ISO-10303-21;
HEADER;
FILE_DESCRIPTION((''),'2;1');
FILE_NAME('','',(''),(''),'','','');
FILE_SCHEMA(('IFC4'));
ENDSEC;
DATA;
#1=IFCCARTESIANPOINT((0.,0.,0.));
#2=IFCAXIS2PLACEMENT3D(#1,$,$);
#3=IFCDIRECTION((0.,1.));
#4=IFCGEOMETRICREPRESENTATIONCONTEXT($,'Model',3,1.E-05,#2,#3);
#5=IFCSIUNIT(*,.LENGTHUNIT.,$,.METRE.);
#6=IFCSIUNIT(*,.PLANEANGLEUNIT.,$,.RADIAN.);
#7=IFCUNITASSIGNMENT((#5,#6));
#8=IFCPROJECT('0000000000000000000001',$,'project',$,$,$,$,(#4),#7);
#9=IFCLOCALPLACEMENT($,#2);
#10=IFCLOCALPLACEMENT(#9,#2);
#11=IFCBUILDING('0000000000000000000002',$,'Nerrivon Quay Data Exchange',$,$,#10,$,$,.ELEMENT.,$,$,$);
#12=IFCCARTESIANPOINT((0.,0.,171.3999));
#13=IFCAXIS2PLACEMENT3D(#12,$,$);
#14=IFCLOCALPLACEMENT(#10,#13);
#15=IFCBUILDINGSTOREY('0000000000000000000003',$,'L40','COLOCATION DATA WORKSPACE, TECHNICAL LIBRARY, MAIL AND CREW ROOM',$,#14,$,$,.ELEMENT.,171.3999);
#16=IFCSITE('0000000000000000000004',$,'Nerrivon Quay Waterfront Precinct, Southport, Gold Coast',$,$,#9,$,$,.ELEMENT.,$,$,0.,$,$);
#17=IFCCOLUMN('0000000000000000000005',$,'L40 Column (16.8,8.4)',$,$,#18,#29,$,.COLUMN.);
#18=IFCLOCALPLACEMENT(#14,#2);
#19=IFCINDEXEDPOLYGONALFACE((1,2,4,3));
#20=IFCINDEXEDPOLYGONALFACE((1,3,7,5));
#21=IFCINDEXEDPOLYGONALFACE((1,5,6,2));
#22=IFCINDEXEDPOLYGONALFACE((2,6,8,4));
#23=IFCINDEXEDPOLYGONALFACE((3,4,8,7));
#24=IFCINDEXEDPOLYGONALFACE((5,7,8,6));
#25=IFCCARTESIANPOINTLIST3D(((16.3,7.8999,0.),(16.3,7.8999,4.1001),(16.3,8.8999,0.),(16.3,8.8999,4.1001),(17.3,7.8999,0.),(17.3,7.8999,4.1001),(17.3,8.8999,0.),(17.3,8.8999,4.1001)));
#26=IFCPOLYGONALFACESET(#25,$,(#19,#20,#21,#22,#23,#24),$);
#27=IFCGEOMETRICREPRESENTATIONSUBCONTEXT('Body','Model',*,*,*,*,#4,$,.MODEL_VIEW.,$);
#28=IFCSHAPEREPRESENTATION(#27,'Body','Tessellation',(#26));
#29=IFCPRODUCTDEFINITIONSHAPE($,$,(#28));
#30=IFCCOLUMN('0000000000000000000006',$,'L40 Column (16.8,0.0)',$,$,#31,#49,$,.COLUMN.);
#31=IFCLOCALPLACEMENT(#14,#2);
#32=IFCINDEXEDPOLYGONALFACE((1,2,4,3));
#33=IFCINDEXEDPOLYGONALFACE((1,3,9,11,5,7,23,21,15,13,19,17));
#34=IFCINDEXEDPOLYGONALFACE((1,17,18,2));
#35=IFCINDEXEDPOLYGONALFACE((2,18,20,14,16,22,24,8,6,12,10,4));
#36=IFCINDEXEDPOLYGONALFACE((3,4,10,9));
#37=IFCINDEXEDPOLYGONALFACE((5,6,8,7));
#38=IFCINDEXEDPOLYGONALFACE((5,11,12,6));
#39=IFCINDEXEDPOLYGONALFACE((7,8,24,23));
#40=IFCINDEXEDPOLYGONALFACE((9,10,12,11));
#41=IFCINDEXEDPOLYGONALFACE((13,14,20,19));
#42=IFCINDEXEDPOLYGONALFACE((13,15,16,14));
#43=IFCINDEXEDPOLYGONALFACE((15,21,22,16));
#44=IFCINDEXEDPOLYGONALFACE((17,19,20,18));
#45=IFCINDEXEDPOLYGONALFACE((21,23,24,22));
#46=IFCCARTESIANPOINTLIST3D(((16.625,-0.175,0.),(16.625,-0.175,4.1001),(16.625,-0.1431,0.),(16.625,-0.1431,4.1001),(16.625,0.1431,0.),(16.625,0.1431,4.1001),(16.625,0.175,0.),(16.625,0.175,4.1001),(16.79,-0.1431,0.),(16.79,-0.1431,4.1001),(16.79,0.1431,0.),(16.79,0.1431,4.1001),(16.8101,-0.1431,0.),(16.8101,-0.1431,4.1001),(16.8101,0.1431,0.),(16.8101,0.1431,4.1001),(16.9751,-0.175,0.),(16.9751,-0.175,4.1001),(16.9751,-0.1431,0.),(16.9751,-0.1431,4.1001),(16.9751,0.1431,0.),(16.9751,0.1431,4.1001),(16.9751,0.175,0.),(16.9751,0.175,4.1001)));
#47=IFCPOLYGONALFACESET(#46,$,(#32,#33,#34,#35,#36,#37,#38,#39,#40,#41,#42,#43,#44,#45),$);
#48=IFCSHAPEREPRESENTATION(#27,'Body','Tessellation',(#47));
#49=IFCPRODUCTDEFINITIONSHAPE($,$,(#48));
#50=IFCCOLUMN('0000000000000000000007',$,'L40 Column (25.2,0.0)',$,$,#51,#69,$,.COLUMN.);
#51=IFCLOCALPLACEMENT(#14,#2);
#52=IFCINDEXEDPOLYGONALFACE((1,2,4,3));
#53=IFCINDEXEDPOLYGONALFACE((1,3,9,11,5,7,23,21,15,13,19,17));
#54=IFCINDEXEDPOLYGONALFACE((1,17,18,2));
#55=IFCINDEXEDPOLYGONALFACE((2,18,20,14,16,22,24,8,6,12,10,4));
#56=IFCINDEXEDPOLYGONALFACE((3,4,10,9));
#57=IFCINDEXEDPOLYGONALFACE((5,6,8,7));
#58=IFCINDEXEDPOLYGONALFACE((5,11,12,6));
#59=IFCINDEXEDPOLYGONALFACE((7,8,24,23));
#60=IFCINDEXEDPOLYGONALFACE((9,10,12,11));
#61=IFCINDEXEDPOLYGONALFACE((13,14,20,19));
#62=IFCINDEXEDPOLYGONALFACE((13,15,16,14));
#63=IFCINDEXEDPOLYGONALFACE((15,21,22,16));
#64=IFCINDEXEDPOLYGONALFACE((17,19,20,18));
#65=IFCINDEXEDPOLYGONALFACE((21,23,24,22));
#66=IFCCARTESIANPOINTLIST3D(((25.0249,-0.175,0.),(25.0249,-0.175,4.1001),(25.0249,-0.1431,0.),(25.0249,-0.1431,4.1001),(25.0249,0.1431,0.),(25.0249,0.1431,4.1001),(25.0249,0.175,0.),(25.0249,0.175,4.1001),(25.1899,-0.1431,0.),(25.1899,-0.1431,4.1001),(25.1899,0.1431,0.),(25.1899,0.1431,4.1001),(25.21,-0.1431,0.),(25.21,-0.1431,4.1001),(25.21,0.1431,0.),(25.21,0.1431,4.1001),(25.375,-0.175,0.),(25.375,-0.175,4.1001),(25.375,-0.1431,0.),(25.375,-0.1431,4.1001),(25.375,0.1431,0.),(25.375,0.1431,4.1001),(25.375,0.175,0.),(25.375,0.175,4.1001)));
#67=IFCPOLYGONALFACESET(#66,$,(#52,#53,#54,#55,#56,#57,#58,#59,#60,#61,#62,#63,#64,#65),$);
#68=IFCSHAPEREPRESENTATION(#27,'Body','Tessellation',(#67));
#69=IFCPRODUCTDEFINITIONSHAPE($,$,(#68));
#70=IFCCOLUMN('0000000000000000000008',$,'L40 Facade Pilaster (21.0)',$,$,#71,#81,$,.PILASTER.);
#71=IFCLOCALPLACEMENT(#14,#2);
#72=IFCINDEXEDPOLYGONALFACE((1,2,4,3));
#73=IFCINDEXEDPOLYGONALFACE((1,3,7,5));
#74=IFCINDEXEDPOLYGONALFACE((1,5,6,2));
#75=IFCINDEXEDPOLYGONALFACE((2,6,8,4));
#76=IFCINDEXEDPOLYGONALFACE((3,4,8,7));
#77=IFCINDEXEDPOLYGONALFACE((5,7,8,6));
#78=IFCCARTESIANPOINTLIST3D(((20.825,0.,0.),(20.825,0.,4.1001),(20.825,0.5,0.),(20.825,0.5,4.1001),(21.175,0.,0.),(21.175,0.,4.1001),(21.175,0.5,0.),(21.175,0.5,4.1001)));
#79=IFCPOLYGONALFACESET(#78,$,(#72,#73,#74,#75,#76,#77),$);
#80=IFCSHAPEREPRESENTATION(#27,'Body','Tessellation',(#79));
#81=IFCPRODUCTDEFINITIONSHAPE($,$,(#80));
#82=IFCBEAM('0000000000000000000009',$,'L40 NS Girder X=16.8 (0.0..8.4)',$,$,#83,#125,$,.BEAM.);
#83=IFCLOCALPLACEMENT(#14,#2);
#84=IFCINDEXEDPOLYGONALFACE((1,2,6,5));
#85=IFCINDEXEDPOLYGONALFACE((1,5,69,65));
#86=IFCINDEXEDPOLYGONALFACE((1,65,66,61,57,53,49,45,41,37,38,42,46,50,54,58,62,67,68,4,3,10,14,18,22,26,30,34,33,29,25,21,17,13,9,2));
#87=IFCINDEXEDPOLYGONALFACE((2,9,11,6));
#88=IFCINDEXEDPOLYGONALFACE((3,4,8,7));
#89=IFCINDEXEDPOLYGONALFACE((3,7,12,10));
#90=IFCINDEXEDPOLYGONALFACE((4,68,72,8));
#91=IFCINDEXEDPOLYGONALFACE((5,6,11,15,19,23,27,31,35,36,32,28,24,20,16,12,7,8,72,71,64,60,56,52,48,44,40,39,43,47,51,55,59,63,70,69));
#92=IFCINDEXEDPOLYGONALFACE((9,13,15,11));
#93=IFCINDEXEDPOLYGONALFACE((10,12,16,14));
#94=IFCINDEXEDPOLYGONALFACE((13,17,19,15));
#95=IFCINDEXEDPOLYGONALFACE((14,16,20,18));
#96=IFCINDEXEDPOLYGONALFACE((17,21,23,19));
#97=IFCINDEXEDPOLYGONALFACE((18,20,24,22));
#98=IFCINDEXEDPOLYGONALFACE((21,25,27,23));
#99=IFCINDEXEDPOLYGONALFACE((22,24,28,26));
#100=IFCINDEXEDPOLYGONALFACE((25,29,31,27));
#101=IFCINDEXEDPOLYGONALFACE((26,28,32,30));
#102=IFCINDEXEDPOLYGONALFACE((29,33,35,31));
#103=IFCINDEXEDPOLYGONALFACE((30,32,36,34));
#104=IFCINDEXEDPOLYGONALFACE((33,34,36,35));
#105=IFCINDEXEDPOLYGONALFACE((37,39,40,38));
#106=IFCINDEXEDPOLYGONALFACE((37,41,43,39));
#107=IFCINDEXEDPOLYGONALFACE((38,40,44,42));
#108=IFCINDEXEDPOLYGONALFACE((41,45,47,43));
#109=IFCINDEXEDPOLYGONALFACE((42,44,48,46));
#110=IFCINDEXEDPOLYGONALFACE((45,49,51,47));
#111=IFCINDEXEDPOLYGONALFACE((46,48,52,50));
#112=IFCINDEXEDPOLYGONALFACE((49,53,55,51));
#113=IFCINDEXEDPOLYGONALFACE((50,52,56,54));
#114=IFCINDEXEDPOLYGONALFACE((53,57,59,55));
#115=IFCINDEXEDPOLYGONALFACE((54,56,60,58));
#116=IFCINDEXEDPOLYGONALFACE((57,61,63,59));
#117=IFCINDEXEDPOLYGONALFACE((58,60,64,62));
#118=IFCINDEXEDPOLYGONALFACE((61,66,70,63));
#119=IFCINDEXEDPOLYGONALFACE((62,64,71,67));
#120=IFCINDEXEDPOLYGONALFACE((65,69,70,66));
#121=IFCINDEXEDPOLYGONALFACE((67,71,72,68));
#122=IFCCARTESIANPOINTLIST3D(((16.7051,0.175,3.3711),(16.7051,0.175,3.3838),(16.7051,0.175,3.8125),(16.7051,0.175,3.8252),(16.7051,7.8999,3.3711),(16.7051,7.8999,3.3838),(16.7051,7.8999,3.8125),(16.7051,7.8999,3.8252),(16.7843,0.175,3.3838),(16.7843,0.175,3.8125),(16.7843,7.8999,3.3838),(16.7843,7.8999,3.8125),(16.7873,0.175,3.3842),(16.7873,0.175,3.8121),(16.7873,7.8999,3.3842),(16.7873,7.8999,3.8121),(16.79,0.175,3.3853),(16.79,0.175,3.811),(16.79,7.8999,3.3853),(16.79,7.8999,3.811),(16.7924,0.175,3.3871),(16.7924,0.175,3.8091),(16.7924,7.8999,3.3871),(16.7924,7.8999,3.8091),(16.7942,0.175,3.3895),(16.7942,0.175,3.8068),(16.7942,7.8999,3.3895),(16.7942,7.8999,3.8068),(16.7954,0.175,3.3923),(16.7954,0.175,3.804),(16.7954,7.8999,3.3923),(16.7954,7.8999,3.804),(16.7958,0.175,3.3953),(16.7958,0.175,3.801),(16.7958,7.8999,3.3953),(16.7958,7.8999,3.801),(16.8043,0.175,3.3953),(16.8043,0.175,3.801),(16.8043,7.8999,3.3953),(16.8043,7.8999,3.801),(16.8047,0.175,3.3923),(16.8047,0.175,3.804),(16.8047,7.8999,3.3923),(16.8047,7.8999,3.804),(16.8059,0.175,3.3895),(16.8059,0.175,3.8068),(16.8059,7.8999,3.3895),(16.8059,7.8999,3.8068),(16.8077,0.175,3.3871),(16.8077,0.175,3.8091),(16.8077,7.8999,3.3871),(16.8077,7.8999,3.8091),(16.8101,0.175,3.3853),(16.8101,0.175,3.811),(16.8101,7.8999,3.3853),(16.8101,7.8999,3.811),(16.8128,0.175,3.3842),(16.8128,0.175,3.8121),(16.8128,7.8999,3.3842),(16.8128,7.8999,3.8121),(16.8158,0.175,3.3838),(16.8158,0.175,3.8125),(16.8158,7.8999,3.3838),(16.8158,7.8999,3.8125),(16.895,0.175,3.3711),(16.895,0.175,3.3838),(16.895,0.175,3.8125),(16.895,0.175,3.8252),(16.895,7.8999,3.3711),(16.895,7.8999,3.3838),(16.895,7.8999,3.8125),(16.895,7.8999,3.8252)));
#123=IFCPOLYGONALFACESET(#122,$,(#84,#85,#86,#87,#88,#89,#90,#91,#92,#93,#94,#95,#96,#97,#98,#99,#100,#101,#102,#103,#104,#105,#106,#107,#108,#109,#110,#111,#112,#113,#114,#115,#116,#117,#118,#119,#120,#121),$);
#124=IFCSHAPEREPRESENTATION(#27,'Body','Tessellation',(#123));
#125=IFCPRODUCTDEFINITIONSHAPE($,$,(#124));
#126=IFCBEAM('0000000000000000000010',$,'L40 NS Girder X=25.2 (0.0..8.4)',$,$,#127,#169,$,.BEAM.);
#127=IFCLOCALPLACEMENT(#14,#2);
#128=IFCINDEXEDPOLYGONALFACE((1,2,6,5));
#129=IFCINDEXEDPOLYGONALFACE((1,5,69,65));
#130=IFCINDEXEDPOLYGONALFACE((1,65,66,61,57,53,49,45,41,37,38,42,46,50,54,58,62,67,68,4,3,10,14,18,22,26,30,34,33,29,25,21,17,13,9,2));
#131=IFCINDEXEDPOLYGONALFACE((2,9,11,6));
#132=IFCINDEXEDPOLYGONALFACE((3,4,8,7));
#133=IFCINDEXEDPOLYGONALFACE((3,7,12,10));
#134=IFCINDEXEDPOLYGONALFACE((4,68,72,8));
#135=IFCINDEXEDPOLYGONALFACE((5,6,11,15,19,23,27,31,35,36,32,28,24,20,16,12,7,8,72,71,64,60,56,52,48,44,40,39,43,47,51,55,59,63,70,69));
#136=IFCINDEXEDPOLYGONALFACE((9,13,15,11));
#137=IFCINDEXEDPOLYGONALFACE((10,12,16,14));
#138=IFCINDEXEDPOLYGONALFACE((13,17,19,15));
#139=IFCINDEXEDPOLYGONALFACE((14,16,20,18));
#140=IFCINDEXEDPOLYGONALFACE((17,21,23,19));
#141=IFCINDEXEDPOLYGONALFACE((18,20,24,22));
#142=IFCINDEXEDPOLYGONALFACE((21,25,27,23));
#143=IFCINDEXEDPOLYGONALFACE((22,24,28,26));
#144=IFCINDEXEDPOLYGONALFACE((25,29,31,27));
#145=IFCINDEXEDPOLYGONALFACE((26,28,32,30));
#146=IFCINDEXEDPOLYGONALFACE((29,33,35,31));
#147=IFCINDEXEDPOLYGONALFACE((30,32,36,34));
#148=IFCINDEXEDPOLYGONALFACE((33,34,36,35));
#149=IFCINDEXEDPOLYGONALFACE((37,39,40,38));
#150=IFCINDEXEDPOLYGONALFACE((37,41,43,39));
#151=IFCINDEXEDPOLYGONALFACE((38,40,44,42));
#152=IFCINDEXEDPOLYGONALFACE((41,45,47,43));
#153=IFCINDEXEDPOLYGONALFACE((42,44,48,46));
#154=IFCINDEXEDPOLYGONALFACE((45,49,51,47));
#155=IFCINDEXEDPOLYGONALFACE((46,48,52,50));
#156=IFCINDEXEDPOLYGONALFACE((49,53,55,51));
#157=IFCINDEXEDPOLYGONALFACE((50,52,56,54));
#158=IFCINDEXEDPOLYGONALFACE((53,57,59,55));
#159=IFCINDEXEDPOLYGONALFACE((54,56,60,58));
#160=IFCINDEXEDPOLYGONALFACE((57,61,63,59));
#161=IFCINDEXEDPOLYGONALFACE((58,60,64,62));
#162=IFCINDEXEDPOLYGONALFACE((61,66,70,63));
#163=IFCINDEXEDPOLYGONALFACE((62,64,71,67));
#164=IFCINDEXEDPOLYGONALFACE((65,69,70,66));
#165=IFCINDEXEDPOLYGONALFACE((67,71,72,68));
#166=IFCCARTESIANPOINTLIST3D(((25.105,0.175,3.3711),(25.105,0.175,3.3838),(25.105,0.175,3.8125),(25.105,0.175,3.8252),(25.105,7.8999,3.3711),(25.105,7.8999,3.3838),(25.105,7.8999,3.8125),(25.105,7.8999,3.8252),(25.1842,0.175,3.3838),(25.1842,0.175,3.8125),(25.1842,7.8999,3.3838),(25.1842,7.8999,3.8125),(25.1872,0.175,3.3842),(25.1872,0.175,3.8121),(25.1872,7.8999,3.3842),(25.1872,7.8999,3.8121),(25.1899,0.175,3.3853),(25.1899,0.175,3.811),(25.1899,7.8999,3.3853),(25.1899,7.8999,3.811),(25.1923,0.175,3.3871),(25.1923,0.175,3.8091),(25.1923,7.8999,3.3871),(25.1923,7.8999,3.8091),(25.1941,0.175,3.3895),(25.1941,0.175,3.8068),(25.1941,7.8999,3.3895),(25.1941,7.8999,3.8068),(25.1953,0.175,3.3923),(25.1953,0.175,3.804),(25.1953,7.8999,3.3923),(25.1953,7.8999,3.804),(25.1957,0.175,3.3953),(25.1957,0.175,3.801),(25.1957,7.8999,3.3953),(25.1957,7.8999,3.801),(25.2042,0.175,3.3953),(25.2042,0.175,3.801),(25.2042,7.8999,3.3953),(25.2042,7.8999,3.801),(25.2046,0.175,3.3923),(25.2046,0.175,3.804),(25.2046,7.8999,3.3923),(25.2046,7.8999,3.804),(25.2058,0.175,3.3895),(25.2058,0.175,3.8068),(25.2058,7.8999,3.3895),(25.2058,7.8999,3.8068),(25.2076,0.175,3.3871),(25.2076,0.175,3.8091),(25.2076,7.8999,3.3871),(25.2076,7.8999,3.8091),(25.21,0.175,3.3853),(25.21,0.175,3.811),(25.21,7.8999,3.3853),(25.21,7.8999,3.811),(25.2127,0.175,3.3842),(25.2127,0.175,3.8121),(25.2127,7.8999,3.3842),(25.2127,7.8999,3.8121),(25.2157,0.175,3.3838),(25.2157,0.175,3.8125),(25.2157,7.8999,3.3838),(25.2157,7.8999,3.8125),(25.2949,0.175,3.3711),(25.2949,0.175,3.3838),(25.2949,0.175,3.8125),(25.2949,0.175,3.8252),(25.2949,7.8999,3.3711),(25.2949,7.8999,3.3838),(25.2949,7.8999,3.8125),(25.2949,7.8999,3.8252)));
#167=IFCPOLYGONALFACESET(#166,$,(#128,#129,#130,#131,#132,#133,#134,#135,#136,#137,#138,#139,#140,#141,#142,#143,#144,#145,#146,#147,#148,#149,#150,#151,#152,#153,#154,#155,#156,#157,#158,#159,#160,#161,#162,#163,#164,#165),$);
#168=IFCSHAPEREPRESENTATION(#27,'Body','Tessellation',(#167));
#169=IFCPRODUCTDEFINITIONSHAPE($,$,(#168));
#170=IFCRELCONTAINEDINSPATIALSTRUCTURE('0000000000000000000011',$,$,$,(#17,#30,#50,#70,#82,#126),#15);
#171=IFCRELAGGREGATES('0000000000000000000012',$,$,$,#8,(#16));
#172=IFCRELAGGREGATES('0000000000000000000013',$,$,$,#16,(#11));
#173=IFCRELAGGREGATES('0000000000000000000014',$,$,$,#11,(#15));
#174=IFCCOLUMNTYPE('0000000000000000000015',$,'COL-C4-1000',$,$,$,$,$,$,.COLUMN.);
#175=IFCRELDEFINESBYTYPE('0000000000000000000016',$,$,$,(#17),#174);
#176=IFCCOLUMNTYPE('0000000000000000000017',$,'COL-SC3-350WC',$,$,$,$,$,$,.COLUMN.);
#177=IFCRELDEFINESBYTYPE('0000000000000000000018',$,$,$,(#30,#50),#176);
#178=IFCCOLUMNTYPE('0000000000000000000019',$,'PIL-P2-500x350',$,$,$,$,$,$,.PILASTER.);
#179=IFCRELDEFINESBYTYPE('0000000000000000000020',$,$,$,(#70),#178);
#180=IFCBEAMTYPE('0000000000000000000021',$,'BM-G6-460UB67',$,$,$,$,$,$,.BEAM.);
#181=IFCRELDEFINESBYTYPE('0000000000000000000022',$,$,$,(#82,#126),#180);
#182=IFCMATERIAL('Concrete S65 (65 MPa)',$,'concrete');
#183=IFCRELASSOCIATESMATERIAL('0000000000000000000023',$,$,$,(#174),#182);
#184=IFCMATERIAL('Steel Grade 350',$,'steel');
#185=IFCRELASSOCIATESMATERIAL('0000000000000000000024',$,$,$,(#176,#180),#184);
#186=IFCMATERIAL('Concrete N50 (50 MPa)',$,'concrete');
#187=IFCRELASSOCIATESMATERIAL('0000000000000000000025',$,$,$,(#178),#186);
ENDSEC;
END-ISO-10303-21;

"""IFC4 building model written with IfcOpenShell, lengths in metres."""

from ifc_helpers import new_model, si_unit, direction, frame, origin, origin_2d, place, context, subcontext, project, spatial, rectangle, i_section, extrude, material, material_profile, profile_set, type_object, element, save


model = new_model("IFC4")

# Units and contexts
model_context = context("Model", 3, precision=1e-05, world=origin(), true_north=direction((0.0, 1.0)))
body_context = subcontext(model_context, "Body", "Model", "MODEL_VIEW")
ifc_project = project(units=[si_unit("LENGTHUNIT", "METRE"), si_unit("PLANEANGLEUNIT", "RADIAN")], contexts=[model_context])

# Site, building, storey
site_placement = place(None, origin())
site = spatial("IfcSite", under=ifc_project, at=site_placement, Name="Nerrivon Quay Waterfront Precinct, Southport, Gold Coast", CompositionType="ELEMENT", RefElevation=0.0)
building_placement = place(site_placement, origin())
building = spatial("IfcBuilding", under=site, at=building_placement, Name="Nerrivon Quay Data Exchange", CompositionType="ELEMENT")
storey_placement = place(building_placement, frame((0.0, 0.0, 171.3999)))
storey = spatial("IfcBuildingStorey", under=building, at=storey_placement, Name="L40", Description="COLOCATION DATA WORKSPACE, TECHNICAL LIBRARY, MAIL AND CREW ROOM", CompositionType="ELEMENT", Elevation=171.3999)

# Columns
ifc_material_1 = material(Name="Concrete S65 (65 MPa)", Category="concrete")
ifc_material_profile_1 = material_profile(ifc_material_1, rectangle(XDim=1.0, YDim=1.0, at=origin_2d()), Name="RC-COL-1000x1000")
ifc_profile_set_1 = profile_set([ifc_material_profile_1], Name="Concrete S65 (65 MPa)")
column_type_1 = type_object("IfcColumnType", Name="COL-C4-1000", PredefinedType="COLUMN", material=ifc_profile_set_1)
column_1_placement = place(storey_placement, frame((16.8, 8.3999, 0.0), z_axis=(0.0, 0.0, 1.0), x_axis=(1.0, 0.0, 0.0)))
element("IfcColumn", 1, at=column_1_placement, inside=storey, type_object=column_type_1, Name="L40 Column (16.8,8.4)", PredefinedType="COLUMN", context=body_context, shape_type="SweptSolid", body=[
    extrude(rectangle(XDim=1.0, YDim=1.0, at=origin_2d()), origin(), (0.0, 0.0, 1.0), 4.1001),
])
ifc_material_2 = material(Name="Steel Grade 350", Category="steel")
ifc_material_profile_2 = material_profile(ifc_material_2, i_section(OverallWidth=0.3501, OverallDepth=0.3501, WebThickness=0.02, FlangeThickness=0.032, at=origin_2d()), Name="350WC230")
ifc_profile_set_2 = profile_set([ifc_material_profile_2], Name="Steel Grade 350")
column_type_2 = type_object("IfcColumnType", Name="COL-SC3-350WC", PredefinedType="COLUMN", material=ifc_profile_set_2)
for number, where, z_axis, x_axis, name in (
    (2, (16.8, 0.0, 0.0), (0.0, 0.0, 1.0), (1.0, 0.0, 0.0), "L40 Column (16.8,0.0)"),
    (3, (25.2, 0.0, 0.0), (0.0, 0.0, 1.0), (1.0, 0.0, 0.0), "L40 Column (25.2,0.0)"),
):
    element("IfcColumn", number, at=place(storey_placement, frame(where, z_axis=z_axis, x_axis=x_axis)), inside=storey, type_object=column_type_2, Name=name, PredefinedType="COLUMN", context=body_context, shape_type="SweptSolid", body=[
        extrude(i_section(OverallWidth=0.3501, OverallDepth=0.3501, WebThickness=0.02, FlangeThickness=0.032, at=origin_2d()), origin(), (0.0, 0.0, 1.0), 4.1001),
    ])
ifc_material_3 = material(Name="Concrete N50 (50 MPa)", Category="concrete")
ifc_material_profile_3 = material_profile(ifc_material_3, rectangle(XDim=0.3501, YDim=0.5, at=origin_2d()), Name="RC-PIL-500x350")
ifc_profile_set_3 = profile_set([ifc_material_profile_3], Name="Concrete N50 (50 MPa)")
column_type_3 = type_object("IfcColumnType", Name="PIL-P2-500x350", PredefinedType="PILASTER", material=ifc_profile_set_3)
column_2_placement = place(storey_placement, frame((21.0, 0.25, 0.0), z_axis=(0.0, 0.0, 1.0), x_axis=(1.0, 0.0, 0.0)))
element("IfcColumn", 4, at=column_2_placement, inside=storey, type_object=column_type_3, Name="L40 Facade Pilaster (21.0)", PredefinedType="PILASTER", context=body_context, shape_type="SweptSolid", body=[
    extrude(rectangle(XDim=0.3501, YDim=0.5, at=origin_2d()), origin(), (0.0, 0.0, 1.0), 4.1001),
])

# Beams
ifc_material_profile_4 = material_profile(ifc_material_2, i_section(OverallWidth=0.1899, OverallDepth=0.4541, WebThickness=0.0085, FlangeThickness=0.0127, FilletRadius=0.0115, at=origin_2d()), Name="460UB67.1")
ifc_profile_set_4 = profile_set([ifc_material_profile_4], Name="Steel Grade 350")
beam_type_1 = type_object("IfcBeamType", Name="BM-G6-460UB67", PredefinedType="BEAM", material=ifc_profile_set_4)
for number, where, z_axis, x_axis, name in (
    (5, (16.8, 0.175, 3.5981), (0.0, 1.0, 0.0), (-1.0, 0.0, 0.0), "L40 NS Girder X=16.8 (0.0..8.4)"),
    (6, (25.2, 0.175, 3.5981), (0.0, 1.0, 0.0), (-1.0, 0.0, 0.0), "L40 NS Girder X=25.2 (0.0..8.4)"),
):
    element("IfcBeam", number, at=place(storey_placement, frame(where, z_axis=z_axis, x_axis=x_axis)), inside=storey, type_object=beam_type_1, Name=name, PredefinedType="BEAM", context=body_context, shape_type="SweptSolid", body=[
        extrude(i_section(OverallWidth=0.1899, OverallDepth=0.4541, WebThickness=0.0085, FlangeThickness=0.0127, FilletRadius=0.0115, at=origin_2d()), origin(), (0.0, 0.0, 1.0), 7.7249),
    ])

save(model, "model.ifc")
